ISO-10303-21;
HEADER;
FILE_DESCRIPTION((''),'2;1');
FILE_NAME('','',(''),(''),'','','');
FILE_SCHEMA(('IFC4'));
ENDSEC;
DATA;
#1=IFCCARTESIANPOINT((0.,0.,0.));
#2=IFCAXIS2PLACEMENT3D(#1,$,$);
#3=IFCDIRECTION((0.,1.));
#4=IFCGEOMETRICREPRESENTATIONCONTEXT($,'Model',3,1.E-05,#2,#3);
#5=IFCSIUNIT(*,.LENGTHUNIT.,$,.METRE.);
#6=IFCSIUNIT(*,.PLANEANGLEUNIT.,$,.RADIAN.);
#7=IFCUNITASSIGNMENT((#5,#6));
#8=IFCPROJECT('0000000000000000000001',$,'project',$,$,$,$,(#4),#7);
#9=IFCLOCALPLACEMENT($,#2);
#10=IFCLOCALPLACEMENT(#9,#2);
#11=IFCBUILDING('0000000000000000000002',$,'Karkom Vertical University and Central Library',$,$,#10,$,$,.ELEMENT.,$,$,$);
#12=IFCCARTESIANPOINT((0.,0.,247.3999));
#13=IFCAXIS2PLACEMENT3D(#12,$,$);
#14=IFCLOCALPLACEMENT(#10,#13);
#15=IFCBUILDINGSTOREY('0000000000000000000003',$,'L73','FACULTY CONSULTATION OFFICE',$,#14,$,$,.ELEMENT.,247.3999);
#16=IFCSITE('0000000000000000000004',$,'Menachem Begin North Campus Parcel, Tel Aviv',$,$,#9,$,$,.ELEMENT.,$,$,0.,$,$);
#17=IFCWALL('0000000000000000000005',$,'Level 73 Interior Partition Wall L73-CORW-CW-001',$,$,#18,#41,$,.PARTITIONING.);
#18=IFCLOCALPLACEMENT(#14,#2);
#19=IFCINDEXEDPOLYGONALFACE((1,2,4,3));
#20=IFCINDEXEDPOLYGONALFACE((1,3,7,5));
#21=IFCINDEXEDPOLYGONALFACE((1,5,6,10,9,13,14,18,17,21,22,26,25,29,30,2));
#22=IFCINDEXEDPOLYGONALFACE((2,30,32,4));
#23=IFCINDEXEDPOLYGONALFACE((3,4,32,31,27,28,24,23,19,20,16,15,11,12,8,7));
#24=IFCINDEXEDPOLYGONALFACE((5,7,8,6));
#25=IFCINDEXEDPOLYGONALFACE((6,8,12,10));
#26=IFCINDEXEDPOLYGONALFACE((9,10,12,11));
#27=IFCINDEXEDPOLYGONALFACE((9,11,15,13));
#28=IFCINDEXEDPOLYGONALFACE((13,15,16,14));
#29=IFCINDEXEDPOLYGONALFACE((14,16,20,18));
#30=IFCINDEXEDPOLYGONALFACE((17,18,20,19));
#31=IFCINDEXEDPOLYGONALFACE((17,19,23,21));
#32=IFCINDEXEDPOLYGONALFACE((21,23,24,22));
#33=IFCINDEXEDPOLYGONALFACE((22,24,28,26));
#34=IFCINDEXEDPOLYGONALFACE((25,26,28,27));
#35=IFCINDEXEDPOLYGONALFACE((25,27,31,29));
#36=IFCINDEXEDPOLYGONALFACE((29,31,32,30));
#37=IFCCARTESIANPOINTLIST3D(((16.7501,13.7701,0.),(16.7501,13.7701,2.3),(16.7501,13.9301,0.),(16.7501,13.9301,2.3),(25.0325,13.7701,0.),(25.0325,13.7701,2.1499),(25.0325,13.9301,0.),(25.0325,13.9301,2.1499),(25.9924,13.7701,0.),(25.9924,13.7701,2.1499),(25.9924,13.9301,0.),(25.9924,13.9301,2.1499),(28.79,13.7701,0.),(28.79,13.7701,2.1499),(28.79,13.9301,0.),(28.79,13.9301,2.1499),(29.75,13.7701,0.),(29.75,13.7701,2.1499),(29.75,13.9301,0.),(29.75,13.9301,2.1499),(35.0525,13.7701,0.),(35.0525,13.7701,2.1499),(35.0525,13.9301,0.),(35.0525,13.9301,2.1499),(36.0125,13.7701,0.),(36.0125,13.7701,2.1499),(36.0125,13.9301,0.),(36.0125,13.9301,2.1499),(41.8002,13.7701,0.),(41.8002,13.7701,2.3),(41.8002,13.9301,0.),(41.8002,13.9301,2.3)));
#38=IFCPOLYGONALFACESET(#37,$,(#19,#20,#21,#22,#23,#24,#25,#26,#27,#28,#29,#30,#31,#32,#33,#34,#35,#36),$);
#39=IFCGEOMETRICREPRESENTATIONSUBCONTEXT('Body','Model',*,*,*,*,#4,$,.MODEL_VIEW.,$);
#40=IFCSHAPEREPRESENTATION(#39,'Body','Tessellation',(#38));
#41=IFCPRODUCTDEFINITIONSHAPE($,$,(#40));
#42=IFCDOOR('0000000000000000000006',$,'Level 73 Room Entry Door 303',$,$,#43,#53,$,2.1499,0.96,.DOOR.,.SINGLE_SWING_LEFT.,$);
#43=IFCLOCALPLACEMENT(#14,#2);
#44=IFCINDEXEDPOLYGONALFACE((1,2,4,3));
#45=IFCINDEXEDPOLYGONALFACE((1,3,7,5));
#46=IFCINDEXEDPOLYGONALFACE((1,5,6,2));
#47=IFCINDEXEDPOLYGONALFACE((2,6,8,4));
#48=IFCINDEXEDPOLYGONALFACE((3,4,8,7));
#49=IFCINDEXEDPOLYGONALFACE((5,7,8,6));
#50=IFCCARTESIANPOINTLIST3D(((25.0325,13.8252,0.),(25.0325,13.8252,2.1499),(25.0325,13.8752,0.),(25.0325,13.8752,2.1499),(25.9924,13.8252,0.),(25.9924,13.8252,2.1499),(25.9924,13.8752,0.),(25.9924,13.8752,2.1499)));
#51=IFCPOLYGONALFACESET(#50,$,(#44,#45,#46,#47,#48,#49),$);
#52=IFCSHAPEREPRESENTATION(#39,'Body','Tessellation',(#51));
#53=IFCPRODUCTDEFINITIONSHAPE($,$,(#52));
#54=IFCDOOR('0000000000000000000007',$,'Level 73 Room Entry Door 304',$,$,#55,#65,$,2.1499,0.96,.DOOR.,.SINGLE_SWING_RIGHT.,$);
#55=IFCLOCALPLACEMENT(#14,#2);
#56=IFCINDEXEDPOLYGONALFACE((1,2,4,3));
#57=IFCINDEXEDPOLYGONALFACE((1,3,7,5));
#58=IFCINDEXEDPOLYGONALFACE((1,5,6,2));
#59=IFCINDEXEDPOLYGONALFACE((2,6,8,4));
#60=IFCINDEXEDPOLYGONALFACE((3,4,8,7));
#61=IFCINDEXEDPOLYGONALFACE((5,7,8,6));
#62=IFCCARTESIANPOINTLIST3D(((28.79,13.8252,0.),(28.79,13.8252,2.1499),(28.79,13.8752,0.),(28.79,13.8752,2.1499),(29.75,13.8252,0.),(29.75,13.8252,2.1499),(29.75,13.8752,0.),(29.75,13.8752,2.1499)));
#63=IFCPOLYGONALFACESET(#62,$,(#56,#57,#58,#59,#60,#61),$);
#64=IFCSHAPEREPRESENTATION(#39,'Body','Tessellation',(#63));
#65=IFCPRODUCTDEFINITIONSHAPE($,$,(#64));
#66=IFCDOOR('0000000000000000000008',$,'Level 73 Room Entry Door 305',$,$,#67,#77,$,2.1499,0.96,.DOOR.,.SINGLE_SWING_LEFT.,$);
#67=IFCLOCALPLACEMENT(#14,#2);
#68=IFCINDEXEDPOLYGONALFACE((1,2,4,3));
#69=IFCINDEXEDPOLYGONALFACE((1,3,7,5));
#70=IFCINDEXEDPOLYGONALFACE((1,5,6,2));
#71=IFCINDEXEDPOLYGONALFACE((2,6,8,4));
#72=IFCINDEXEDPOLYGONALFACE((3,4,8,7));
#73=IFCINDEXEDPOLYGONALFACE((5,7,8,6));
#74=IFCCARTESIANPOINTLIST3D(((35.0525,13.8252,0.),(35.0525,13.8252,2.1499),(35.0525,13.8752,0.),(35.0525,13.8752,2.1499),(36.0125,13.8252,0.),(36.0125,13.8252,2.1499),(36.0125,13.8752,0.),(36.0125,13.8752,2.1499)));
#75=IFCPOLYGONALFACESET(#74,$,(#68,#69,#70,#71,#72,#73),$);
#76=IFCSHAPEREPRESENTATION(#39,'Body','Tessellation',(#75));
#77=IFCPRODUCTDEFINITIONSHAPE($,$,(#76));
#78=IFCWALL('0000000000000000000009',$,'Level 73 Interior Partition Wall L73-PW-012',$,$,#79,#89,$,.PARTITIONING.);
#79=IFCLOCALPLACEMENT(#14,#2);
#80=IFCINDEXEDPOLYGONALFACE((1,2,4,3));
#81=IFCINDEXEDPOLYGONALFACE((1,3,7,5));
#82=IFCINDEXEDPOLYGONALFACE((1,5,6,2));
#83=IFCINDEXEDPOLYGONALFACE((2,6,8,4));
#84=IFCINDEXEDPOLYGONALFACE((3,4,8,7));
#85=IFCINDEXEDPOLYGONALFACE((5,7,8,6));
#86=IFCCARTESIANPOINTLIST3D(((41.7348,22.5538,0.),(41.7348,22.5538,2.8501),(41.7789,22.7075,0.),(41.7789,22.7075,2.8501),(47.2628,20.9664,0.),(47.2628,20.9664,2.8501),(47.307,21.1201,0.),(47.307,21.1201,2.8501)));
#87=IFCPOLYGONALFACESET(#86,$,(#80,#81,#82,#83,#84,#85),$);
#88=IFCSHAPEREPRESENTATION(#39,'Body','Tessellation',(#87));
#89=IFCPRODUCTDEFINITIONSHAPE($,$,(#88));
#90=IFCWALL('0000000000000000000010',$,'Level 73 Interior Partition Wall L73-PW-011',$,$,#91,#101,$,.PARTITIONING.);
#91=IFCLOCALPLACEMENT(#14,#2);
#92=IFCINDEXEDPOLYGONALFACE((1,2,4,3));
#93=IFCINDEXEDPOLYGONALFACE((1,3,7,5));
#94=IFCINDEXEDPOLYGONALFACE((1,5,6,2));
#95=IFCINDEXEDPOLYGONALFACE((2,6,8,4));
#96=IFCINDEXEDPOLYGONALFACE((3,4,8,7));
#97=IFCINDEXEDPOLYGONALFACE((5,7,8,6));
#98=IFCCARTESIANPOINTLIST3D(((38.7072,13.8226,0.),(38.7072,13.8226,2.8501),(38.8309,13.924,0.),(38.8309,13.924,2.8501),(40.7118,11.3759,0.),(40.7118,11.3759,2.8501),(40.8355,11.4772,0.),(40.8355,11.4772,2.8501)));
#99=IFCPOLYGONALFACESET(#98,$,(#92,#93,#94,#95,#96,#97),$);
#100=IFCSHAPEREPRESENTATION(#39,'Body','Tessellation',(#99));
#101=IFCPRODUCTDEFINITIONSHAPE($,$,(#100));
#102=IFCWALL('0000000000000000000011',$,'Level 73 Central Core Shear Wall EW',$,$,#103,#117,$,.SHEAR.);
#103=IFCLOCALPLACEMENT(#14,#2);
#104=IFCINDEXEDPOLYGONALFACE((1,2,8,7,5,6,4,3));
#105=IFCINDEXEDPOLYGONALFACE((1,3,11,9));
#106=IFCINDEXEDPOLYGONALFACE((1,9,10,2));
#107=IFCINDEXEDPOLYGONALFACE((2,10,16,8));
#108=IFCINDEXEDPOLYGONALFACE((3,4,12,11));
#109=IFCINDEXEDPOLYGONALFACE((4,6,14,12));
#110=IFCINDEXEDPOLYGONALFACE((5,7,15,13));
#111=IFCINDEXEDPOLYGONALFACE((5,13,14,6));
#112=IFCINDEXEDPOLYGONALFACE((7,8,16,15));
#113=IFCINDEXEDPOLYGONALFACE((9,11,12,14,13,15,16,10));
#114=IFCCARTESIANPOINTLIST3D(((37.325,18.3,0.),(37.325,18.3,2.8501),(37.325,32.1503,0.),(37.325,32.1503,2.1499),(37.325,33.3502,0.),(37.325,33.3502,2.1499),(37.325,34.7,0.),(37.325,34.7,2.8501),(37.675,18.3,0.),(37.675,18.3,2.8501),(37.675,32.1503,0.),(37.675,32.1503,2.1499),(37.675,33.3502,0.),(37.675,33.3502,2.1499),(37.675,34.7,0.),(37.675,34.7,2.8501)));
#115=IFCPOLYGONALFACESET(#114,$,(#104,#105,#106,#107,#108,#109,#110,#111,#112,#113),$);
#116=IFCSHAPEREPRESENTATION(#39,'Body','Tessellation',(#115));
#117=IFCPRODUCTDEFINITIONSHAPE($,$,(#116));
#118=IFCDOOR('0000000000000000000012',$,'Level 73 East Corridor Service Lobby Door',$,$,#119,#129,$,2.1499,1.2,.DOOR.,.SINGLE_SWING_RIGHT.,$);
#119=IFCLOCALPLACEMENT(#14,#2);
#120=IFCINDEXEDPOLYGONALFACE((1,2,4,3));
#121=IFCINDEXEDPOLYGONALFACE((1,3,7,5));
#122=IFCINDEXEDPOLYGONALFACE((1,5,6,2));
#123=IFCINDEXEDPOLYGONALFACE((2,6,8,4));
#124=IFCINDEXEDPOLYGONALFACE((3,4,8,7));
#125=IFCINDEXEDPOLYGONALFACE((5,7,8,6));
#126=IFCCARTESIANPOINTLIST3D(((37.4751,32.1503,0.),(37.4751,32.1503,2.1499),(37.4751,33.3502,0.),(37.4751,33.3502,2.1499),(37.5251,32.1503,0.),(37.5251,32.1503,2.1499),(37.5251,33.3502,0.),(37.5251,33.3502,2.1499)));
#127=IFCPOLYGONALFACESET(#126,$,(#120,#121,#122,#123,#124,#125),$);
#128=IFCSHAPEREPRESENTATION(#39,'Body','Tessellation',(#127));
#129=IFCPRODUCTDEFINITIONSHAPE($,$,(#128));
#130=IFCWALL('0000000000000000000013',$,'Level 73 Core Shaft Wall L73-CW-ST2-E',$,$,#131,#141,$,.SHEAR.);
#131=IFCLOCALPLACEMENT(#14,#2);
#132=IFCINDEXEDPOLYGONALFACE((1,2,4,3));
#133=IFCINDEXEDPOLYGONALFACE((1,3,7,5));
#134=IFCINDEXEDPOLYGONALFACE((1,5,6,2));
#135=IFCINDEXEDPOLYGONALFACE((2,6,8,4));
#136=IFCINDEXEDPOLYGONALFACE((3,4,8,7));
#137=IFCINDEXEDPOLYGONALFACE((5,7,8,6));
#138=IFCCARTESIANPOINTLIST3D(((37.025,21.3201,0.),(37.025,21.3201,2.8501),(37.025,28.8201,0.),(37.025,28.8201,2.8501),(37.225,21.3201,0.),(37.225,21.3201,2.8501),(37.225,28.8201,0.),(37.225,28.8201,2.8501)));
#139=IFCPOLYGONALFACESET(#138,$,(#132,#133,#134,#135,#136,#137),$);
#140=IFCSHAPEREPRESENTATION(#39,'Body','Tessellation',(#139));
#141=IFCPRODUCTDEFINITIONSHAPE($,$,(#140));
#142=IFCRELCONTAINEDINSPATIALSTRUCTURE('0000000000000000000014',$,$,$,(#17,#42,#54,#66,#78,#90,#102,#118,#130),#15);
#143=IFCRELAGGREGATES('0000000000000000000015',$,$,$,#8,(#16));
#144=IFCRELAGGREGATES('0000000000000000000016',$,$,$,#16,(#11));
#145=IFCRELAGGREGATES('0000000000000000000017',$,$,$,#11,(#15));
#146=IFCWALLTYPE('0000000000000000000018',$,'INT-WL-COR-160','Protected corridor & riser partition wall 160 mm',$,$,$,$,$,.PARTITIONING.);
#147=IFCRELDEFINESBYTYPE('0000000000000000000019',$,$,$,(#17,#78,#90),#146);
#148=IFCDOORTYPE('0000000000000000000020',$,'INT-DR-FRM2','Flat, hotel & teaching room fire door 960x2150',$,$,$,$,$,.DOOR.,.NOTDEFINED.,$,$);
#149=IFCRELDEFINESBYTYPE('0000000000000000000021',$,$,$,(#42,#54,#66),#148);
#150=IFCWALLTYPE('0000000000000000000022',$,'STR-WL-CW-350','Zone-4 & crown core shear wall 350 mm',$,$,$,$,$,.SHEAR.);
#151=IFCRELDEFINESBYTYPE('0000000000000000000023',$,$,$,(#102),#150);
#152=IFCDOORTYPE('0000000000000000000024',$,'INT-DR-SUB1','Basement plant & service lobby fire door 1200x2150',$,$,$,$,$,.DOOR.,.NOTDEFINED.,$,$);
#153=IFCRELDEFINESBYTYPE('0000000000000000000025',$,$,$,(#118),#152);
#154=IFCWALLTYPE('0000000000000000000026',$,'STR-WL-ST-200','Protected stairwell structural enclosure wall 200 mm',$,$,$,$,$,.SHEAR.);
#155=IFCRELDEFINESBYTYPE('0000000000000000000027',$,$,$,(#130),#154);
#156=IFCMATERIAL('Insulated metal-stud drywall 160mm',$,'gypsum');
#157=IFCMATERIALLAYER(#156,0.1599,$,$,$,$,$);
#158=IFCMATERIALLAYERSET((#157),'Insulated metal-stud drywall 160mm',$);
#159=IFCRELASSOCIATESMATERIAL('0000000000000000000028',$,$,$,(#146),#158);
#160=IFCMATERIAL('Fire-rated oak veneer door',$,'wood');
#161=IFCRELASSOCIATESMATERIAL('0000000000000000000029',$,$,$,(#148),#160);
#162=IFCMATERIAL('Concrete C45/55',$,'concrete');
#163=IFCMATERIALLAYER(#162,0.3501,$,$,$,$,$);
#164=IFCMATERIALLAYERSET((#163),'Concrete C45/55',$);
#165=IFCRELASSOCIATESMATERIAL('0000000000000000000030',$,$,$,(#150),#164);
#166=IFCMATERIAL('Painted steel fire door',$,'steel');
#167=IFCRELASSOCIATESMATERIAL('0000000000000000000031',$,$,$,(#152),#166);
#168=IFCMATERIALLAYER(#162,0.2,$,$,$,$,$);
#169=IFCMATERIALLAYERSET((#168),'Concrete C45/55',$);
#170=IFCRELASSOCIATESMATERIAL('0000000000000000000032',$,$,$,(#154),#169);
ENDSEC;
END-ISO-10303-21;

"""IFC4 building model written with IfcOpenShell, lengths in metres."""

from ifc_helpers import new_model, si_unit, direction, frame, frame_2d, origin, origin_with_axes, place, context, subcontext, project, spatial, rectangle, extrude, source, transform, mapped, material, layer, layer_set, type_object, element, fill, save


model = new_model("IFC4")

# Units and contexts
model_context = context("Model", 3, precision=1e-05, world=origin(), true_north=direction((0.0, 1.0)))
body_context = subcontext(model_context, "Body", "Model", "MODEL_VIEW")
ifc_project = project(units=[si_unit("LENGTHUNIT", "METRE"), si_unit("PLANEANGLEUNIT", "RADIAN")], contexts=[model_context])

# Site, building, storey
site_placement = place(None, origin())
site = spatial("IfcSite", under=ifc_project, at=site_placement, Name="Menachem Begin North Campus Parcel, Tel Aviv", CompositionType="ELEMENT", RefElevation=0.0)
building_placement = place(site_placement, origin())
building = spatial("IfcBuilding", under=site, at=building_placement, Name="Karkom Vertical University and Central Library", CompositionType="ELEMENT")
storey_placement = place(building_placement, frame((0.0, 0.0, 247.3999)))
storey = spatial("IfcBuildingStorey", under=building, at=storey_placement, Name="L73", Description="FACULTY CONSULTATION OFFICE", CompositionType="ELEMENT", Elevation=247.3999)

# Shared definitions
ifc_material_1 = material(Name="Concrete C45/55", Category="concrete")

# Wall, openings, doors
ifc_material_2 = material(Name="Insulated metal-stud drywall 160mm", Category="gypsum")
ifc_layer_1 = layer(ifc_material_2, 0.1599)
ifc_layer_set_1 = layer_set([ifc_layer_1], Name="Insulated metal-stud drywall 160mm")
wall_type_1 = type_object("IfcWallType", Name="INT-WL-COR-160", Description="Protected corridor & riser partition wall 160 mm", PredefinedType="PARTITIONING", material=ifc_layer_set_1)
wall_1_placement = place(storey_placement, frame((41.8, 13.8501, 0.0), z_axis=(0.0, 0.0, 1.0), x_axis=(-1.0, 0.0, 0.0)))
wall_1 = element("IfcWall", 1, at=wall_1_placement, inside=storey, type_object=wall_type_1, Name="Level 73 Interior Partition Wall L73-CORW-CW-001", PredefinedType="PARTITIONING", context=body_context, shape_type="SweptSolid", body=[
    extrude(rectangle(XDim=25.05, YDim=0.1599, at=frame_2d((12.5249, 0.0))), origin(), (0.0, 0.0, 1.0), 2.3),
])
opening_1_placement = place(wall_1_placement, frame((15.8076, 0.0, 0.0)))
opening_1 = element("IfcOpeningElement", 2, at=opening_1_placement, cuts=wall_1, PredefinedType="OPENING", context=body_context, shape_type="SweptSolid", body=[
    extrude(rectangle(XDim=0.96, YDim=2.1499, at=frame_2d((0.48, 1.075))), frame((0.0, 0.0898, 0.0), z_axis=(0.0, -1.0, 0.0), x_axis=(1.0, 0.0, 0.0)), (0.0, 0.0, 1.0), 0.1799),
])
opening_2_placement = place(wall_1_placement, frame((12.05, 0.0, 0.0)))
opening_2 = element("IfcOpeningElement", 3, at=opening_2_placement, cuts=wall_1, PredefinedType="OPENING", context=body_context, shape_type="SweptSolid", body=[
    extrude(rectangle(XDim=0.96, YDim=2.1499, at=frame_2d((0.48, 1.075))), frame((0.0, 0.0898, 0.0), z_axis=(0.0, -1.0, 0.0), x_axis=(1.0, 0.0, 0.0)), (0.0, 0.0, 1.0), 0.1799),
])
opening_3_placement = place(wall_1_placement, frame((5.7876, 0.0, 0.0)))
opening_3 = element("IfcOpeningElement", 4, at=opening_3_placement, cuts=wall_1, PredefinedType="OPENING", context=body_context, shape_type="SweptSolid", body=[
    extrude(rectangle(XDim=0.96, YDim=2.1499, at=frame_2d((0.48, 1.075))), frame((0.0, 0.0898, 0.0), z_axis=(0.0, -1.0, 0.0), x_axis=(1.0, 0.0, 0.0)), (0.0, 0.0, 1.0), 0.1799),
])
ifc_material_3 = material(Name="Fire-rated oak veneer door", Category="wood")
door_type_1 = type_object("IfcDoorType", Name="INT-DR-FRM2", Description="Flat, hotel & teaching room fire door 960x2150", OperationType="NOTDEFINED", PredefinedType="DOOR", material=ifc_material_3)
shared_shape_1 = source(origin_with_axes(), body_context, "Body", "SweptSolid", [
    extrude(rectangle(XDim=0.96, YDim=2.1499, at=frame_2d((0.48, 1.075))), frame((0.0, 0.0249, 0.0), z_axis=(0.0, -1.0, 0.0), x_axis=(1.0, 0.0, 0.0)), (0.0, 0.0, 1.0), 0.05),
])
door_1_placement = place(opening_1_placement, origin())
door_1 = element("IfcDoor", 5, at=door_1_placement, inside=storey, type_object=door_type_1, Name="Level 73 Room Entry Door 303", OperationType="SINGLE_SWING_LEFT", OverallHeight=2.1499, OverallWidth=0.96, PredefinedType="DOOR", context=body_context, shape_type="MappedRepresentation", body=[
    mapped(shared_shape_1, transform((0.0, 0.0, 0.0), scale=1.0)),
])
fill(opening_1, door_1)
door_2_placement = place(opening_2_placement, origin())
door_2 = element("IfcDoor", 6, at=door_2_placement, inside=storey, type_object=door_type_1, Name="Level 73 Room Entry Door 304", OperationType="SINGLE_SWING_RIGHT", OverallHeight=2.1499, OverallWidth=0.96, PredefinedType="DOOR", context=body_context, shape_type="MappedRepresentation", body=[
    mapped(shared_shape_1, transform((0.0, 0.0, 0.0), scale=1.0)),
])
fill(opening_2, door_2)
door_3_placement = place(opening_3_placement, origin())
door_3 = element("IfcDoor", 7, at=door_3_placement, inside=storey, type_object=door_type_1, Name="Level 73 Room Entry Door 305", OperationType="SINGLE_SWING_LEFT", OverallHeight=2.1499, OverallWidth=0.96, PredefinedType="DOOR", context=body_context, shape_type="MappedRepresentation", body=[
    mapped(shared_shape_1, transform((0.0, 0.0, 0.0), scale=1.0)),
])
fill(opening_3, door_3)

# Walls
wall_2_placement = place(storey_placement, frame((41.7568, 22.6306, 0.0), z_axis=(0.0, 0.0, 1.0), x_axis=(0.961158, -0.275999, 0.0)))
element("IfcWall", 8, at=wall_2_placement, inside=storey, type_object=wall_type_1, Name="Level 73 Interior Partition Wall L73-PW-012", PredefinedType="PARTITIONING", context=body_context, shape_type="SweptSolid", body=[
    extrude(rectangle(XDim=5.7515, YDim=0.1599, at=frame_2d((2.8757, 0.0))), origin(), (0.0, 0.0, 1.0), 2.8501),
])
wall_3_placement = place(storey_placement, frame((38.769, 13.8733, 0.0), z_axis=(0.0, 0.0, 1.0), x_axis=(0.633755, -0.773534, 0.0)))
element("IfcWall", 9, at=wall_3_placement, inside=storey, type_object=wall_type_1, Name="Level 73 Interior Partition Wall L73-PW-011", PredefinedType="PARTITIONING", context=body_context, shape_type="SweptSolid", body=[
    extrude(rectangle(XDim=3.1631, YDim=0.1599, at=frame_2d((1.5815, 0.0))), origin(), (0.0, 0.0, 1.0), 2.8501),
])

# Wall, opening, door
ifc_layer_2 = layer(ifc_material_1, 0.3501)
ifc_layer_set_2 = layer_set([ifc_layer_2], Name="Concrete C45/55")
wall_type_2 = type_object("IfcWallType", Name="STR-WL-CW-350", Description="Zone-4 & crown core shear wall 350 mm", PredefinedType="SHEAR", material=ifc_layer_set_2)
wall_4_placement = place(storey_placement, frame((37.5, 18.3, 0.0), z_axis=(0.0, 0.0, 1.0), x_axis=(0.0, 1.0, 0.0)))
wall_4 = element("IfcWall", 10, at=wall_4_placement, inside=storey, type_object=wall_type_2, Name="Level 73 Central Core Shear Wall EW", PredefinedType="SHEAR", context=body_context, shape_type="SweptSolid", body=[
    extrude(rectangle(XDim=16.3999, YDim=0.3501, at=frame_2d((8.2, 0.0))), origin(), (0.0, 0.0, 1.0), 2.8501),
])
opening_4_placement = place(wall_4_placement, frame((13.8501, 0.0, 0.0)))
opening_4 = element("IfcOpeningElement", 11, at=opening_4_placement, cuts=wall_4, PredefinedType="OPENING", context=body_context, shape_type="SweptSolid", body=[
    extrude(rectangle(XDim=1.2, YDim=2.1499, at=frame_2d((0.6001, 1.075))), frame((0.0, 0.1851, 0.0), z_axis=(0.0, -1.0, 0.0), x_axis=(1.0, 0.0, 0.0)), (0.0, 0.0, 1.0), 0.3701),
])
ifc_material_4 = material(Name="Painted steel fire door", Category="steel")
door_type_2 = type_object("IfcDoorType", Name="INT-DR-SUB1", Description="Basement plant & service lobby fire door 1200x2150", OperationType="NOTDEFINED", PredefinedType="DOOR", material=ifc_material_4)
shared_shape_2 = source(origin_with_axes(), body_context, "Body", "SweptSolid", [
    extrude(rectangle(XDim=1.2, YDim=2.1499, at=frame_2d((0.6001, 1.075))), frame((0.0, 0.0249, 0.0), z_axis=(0.0, -1.0, 0.0), x_axis=(1.0, 0.0, 0.0)), (0.0, 0.0, 1.0), 0.05),
])
door_4_placement = place(opening_4_placement, origin())
door_4 = element("IfcDoor", 12, at=door_4_placement, inside=storey, type_object=door_type_2, Name="Level 73 East Corridor Service Lobby Door", OperationType="SINGLE_SWING_RIGHT", OverallHeight=2.1499, OverallWidth=1.2, PredefinedType="DOOR", context=body_context, shape_type="MappedRepresentation", body=[
    mapped(shared_shape_2, transform((0.0, 0.0, 0.0), scale=1.0)),
])
fill(opening_4, door_4)

# Wall
ifc_layer_3 = layer(ifc_material_1, 0.2)
ifc_layer_set_3 = layer_set([ifc_layer_3], Name="Concrete C45/55")
wall_type_3 = type_object("IfcWallType", Name="STR-WL-ST-200", Description="Protected stairwell structural enclosure wall 200 mm", PredefinedType="SHEAR", material=ifc_layer_set_3)
wall_5_placement = place(storey_placement, frame((37.125, 21.3201, 0.0), z_axis=(0.0, 0.0, 1.0), x_axis=(0.0, 1.0, 0.0)))
element("IfcWall", 13, at=wall_5_placement, inside=storey, type_object=wall_type_3, Name="Level 73 Core Shaft Wall L73-CW-ST2-E", PredefinedType="SHEAR", context=body_context, shape_type="SweptSolid", body=[
    extrude(rectangle(XDim=7.5, YDim=0.2, at=frame_2d((3.75, 0.0))), origin(), (0.0, 0.0, 1.0), 2.8501),
])

save(model, "model.ifc")
